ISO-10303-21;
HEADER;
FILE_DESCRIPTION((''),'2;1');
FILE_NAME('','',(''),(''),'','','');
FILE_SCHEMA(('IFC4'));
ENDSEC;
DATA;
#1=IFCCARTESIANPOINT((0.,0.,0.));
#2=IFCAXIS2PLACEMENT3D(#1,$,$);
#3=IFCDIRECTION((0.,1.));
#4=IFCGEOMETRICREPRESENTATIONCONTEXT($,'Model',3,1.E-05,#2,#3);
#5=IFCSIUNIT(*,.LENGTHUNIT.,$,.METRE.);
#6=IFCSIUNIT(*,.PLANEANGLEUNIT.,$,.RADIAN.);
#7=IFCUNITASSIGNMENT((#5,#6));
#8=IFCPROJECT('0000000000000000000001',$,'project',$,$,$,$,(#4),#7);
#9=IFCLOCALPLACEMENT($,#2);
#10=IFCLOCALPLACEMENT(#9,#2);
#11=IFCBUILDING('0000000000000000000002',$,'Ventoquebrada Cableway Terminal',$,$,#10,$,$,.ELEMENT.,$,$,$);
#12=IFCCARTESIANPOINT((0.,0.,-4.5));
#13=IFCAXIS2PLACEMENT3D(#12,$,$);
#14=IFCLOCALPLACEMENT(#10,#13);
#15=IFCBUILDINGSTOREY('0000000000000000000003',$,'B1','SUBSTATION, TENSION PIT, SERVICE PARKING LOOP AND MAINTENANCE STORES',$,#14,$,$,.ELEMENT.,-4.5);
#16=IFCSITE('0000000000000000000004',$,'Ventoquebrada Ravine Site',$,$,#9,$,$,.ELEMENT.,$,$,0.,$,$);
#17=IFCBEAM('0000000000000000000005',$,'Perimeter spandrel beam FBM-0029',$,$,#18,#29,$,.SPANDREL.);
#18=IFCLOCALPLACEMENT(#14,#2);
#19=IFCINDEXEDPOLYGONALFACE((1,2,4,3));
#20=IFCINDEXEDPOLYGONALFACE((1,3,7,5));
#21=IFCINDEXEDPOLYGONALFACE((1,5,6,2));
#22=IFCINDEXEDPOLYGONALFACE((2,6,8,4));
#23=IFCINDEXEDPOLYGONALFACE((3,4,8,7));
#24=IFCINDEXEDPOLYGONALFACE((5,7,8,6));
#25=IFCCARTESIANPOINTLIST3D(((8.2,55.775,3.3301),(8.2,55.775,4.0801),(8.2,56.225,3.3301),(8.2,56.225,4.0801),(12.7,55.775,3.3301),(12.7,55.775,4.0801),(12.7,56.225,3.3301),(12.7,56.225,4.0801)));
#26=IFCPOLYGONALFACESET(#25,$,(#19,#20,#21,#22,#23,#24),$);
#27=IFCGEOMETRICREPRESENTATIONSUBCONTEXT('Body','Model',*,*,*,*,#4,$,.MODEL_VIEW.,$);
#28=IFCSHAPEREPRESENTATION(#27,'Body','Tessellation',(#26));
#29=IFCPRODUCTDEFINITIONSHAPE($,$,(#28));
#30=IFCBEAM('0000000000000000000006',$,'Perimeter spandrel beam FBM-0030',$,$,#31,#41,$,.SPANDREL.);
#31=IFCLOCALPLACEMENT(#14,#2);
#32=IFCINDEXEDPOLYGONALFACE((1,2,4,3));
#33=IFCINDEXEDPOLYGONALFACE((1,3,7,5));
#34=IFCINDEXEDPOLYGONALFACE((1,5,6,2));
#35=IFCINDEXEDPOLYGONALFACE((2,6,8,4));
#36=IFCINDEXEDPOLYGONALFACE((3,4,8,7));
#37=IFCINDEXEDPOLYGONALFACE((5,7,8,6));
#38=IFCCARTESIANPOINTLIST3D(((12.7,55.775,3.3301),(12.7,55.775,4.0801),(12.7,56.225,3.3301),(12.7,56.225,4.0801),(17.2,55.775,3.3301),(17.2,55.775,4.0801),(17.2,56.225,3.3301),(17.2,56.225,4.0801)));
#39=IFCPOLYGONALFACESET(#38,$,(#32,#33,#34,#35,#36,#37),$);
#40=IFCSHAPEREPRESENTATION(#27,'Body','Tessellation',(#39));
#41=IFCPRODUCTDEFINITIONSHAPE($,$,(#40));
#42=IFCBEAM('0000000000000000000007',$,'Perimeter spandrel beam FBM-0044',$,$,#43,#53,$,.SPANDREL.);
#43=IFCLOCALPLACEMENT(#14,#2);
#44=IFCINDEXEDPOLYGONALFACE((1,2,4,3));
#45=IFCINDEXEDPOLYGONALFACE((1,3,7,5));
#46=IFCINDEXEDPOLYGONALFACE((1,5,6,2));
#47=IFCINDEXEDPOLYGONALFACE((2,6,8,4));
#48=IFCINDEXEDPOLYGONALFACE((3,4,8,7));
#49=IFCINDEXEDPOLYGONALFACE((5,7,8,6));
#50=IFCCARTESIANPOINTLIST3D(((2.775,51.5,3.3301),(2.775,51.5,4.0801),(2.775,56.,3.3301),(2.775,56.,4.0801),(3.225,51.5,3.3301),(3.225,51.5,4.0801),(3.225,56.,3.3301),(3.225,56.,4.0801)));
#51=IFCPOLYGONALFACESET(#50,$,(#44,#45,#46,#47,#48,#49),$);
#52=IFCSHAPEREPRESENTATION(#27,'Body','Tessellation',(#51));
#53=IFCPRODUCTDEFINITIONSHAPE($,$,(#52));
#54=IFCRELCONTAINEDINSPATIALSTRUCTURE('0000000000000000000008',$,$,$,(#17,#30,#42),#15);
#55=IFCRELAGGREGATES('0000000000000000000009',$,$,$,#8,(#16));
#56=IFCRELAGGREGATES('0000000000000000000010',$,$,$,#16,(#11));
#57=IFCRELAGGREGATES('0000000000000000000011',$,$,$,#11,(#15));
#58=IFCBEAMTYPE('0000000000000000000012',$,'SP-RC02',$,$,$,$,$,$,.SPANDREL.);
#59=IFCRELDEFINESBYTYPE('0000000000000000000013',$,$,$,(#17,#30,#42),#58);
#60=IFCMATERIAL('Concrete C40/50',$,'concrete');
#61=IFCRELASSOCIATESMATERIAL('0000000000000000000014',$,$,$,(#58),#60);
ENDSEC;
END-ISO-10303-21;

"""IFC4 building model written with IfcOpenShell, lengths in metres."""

from ifc_helpers import new_model, si_unit, direction, frame, origin, origin_2d, place, context, subcontext, project, spatial, rectangle, extrude, material, material_profile, profile_set, type_object, element, save


model = new_model("IFC4")

# Units and contexts
model_context = context("Model", 3, precision=1e-05, world=origin(), true_north=direction((0.0, 1.0)))
body_context = subcontext(model_context, "Body", "Model", "MODEL_VIEW")
ifc_project = project(units=[si_unit("LENGTHUNIT", "METRE"), si_unit("PLANEANGLEUNIT", "RADIAN")], contexts=[model_context])

# Site, building, storey
site_placement = place(None, origin())
site = spatial("IfcSite", under=ifc_project, at=site_placement, Name="Ventoquebrada Ravine Site", CompositionType="ELEMENT", RefElevation=0.0)
building_placement = place(site_placement, origin())
building = spatial("IfcBuilding", under=site, at=building_placement, Name="Ventoquebrada Cableway Terminal", CompositionType="ELEMENT")
storey_placement = place(building_placement, frame((0.0, 0.0, -4.5)))
storey = spatial("IfcBuildingStorey", under=building, at=storey_placement, Name="B1", Description="SUBSTATION, TENSION PIT, SERVICE PARKING LOOP AND MAINTENANCE STORES", CompositionType="ELEMENT", Elevation=-4.5)

# Shared definitions
ifc_material = material(Name="Concrete C40/50", Category="concrete")

# Beams
ifc_material_profile_1 = material_profile(ifc_material, rectangle(XDim=0.45, YDim=0.75, at=origin_2d()), Name="RC-BM-450X750")
ifc_profile_set_1 = profile_set([ifc_material_profile_1], Name="Concrete C40/50")
beam_type_1 = type_object("IfcBeamType", Name="SP-RC02", PredefinedType="SPANDREL", material=ifc_profile_set_1)
for number, where, z_axis, x_axis, name in (
    (1, (8.2, 56.0, 3.7051), (1.0, 0.0, 0.0), (0.0, 1.0, 0.0), "Perimeter spandrel beam FBM-0029"),
    (2, (12.7, 56.0, 3.7051), (1.0, 0.0, 0.0), (0.0, 1.0, 0.0), "Perimeter spandrel beam FBM-0030"),
    (3, (3.0, 51.5, 3.7051), (0.0, 1.0, 0.0), (-1.0, 0.0, 0.0), "Perimeter spandrel beam FBM-0044"),
):
    element("IfcBeam", number, at=place(storey_placement, frame(where, z_axis=z_axis, x_axis=x_axis)), inside=storey, type_object=beam_type_1, Name=name, PredefinedType="SPANDREL", context=body_context, shape_type="SweptSolid", body=[
        extrude(rectangle(XDim=0.45, YDim=0.75, at=origin_2d()), origin(), (0.0, 0.0, 1.0), 4.5),
    ])

save(model, "model.ifc")
